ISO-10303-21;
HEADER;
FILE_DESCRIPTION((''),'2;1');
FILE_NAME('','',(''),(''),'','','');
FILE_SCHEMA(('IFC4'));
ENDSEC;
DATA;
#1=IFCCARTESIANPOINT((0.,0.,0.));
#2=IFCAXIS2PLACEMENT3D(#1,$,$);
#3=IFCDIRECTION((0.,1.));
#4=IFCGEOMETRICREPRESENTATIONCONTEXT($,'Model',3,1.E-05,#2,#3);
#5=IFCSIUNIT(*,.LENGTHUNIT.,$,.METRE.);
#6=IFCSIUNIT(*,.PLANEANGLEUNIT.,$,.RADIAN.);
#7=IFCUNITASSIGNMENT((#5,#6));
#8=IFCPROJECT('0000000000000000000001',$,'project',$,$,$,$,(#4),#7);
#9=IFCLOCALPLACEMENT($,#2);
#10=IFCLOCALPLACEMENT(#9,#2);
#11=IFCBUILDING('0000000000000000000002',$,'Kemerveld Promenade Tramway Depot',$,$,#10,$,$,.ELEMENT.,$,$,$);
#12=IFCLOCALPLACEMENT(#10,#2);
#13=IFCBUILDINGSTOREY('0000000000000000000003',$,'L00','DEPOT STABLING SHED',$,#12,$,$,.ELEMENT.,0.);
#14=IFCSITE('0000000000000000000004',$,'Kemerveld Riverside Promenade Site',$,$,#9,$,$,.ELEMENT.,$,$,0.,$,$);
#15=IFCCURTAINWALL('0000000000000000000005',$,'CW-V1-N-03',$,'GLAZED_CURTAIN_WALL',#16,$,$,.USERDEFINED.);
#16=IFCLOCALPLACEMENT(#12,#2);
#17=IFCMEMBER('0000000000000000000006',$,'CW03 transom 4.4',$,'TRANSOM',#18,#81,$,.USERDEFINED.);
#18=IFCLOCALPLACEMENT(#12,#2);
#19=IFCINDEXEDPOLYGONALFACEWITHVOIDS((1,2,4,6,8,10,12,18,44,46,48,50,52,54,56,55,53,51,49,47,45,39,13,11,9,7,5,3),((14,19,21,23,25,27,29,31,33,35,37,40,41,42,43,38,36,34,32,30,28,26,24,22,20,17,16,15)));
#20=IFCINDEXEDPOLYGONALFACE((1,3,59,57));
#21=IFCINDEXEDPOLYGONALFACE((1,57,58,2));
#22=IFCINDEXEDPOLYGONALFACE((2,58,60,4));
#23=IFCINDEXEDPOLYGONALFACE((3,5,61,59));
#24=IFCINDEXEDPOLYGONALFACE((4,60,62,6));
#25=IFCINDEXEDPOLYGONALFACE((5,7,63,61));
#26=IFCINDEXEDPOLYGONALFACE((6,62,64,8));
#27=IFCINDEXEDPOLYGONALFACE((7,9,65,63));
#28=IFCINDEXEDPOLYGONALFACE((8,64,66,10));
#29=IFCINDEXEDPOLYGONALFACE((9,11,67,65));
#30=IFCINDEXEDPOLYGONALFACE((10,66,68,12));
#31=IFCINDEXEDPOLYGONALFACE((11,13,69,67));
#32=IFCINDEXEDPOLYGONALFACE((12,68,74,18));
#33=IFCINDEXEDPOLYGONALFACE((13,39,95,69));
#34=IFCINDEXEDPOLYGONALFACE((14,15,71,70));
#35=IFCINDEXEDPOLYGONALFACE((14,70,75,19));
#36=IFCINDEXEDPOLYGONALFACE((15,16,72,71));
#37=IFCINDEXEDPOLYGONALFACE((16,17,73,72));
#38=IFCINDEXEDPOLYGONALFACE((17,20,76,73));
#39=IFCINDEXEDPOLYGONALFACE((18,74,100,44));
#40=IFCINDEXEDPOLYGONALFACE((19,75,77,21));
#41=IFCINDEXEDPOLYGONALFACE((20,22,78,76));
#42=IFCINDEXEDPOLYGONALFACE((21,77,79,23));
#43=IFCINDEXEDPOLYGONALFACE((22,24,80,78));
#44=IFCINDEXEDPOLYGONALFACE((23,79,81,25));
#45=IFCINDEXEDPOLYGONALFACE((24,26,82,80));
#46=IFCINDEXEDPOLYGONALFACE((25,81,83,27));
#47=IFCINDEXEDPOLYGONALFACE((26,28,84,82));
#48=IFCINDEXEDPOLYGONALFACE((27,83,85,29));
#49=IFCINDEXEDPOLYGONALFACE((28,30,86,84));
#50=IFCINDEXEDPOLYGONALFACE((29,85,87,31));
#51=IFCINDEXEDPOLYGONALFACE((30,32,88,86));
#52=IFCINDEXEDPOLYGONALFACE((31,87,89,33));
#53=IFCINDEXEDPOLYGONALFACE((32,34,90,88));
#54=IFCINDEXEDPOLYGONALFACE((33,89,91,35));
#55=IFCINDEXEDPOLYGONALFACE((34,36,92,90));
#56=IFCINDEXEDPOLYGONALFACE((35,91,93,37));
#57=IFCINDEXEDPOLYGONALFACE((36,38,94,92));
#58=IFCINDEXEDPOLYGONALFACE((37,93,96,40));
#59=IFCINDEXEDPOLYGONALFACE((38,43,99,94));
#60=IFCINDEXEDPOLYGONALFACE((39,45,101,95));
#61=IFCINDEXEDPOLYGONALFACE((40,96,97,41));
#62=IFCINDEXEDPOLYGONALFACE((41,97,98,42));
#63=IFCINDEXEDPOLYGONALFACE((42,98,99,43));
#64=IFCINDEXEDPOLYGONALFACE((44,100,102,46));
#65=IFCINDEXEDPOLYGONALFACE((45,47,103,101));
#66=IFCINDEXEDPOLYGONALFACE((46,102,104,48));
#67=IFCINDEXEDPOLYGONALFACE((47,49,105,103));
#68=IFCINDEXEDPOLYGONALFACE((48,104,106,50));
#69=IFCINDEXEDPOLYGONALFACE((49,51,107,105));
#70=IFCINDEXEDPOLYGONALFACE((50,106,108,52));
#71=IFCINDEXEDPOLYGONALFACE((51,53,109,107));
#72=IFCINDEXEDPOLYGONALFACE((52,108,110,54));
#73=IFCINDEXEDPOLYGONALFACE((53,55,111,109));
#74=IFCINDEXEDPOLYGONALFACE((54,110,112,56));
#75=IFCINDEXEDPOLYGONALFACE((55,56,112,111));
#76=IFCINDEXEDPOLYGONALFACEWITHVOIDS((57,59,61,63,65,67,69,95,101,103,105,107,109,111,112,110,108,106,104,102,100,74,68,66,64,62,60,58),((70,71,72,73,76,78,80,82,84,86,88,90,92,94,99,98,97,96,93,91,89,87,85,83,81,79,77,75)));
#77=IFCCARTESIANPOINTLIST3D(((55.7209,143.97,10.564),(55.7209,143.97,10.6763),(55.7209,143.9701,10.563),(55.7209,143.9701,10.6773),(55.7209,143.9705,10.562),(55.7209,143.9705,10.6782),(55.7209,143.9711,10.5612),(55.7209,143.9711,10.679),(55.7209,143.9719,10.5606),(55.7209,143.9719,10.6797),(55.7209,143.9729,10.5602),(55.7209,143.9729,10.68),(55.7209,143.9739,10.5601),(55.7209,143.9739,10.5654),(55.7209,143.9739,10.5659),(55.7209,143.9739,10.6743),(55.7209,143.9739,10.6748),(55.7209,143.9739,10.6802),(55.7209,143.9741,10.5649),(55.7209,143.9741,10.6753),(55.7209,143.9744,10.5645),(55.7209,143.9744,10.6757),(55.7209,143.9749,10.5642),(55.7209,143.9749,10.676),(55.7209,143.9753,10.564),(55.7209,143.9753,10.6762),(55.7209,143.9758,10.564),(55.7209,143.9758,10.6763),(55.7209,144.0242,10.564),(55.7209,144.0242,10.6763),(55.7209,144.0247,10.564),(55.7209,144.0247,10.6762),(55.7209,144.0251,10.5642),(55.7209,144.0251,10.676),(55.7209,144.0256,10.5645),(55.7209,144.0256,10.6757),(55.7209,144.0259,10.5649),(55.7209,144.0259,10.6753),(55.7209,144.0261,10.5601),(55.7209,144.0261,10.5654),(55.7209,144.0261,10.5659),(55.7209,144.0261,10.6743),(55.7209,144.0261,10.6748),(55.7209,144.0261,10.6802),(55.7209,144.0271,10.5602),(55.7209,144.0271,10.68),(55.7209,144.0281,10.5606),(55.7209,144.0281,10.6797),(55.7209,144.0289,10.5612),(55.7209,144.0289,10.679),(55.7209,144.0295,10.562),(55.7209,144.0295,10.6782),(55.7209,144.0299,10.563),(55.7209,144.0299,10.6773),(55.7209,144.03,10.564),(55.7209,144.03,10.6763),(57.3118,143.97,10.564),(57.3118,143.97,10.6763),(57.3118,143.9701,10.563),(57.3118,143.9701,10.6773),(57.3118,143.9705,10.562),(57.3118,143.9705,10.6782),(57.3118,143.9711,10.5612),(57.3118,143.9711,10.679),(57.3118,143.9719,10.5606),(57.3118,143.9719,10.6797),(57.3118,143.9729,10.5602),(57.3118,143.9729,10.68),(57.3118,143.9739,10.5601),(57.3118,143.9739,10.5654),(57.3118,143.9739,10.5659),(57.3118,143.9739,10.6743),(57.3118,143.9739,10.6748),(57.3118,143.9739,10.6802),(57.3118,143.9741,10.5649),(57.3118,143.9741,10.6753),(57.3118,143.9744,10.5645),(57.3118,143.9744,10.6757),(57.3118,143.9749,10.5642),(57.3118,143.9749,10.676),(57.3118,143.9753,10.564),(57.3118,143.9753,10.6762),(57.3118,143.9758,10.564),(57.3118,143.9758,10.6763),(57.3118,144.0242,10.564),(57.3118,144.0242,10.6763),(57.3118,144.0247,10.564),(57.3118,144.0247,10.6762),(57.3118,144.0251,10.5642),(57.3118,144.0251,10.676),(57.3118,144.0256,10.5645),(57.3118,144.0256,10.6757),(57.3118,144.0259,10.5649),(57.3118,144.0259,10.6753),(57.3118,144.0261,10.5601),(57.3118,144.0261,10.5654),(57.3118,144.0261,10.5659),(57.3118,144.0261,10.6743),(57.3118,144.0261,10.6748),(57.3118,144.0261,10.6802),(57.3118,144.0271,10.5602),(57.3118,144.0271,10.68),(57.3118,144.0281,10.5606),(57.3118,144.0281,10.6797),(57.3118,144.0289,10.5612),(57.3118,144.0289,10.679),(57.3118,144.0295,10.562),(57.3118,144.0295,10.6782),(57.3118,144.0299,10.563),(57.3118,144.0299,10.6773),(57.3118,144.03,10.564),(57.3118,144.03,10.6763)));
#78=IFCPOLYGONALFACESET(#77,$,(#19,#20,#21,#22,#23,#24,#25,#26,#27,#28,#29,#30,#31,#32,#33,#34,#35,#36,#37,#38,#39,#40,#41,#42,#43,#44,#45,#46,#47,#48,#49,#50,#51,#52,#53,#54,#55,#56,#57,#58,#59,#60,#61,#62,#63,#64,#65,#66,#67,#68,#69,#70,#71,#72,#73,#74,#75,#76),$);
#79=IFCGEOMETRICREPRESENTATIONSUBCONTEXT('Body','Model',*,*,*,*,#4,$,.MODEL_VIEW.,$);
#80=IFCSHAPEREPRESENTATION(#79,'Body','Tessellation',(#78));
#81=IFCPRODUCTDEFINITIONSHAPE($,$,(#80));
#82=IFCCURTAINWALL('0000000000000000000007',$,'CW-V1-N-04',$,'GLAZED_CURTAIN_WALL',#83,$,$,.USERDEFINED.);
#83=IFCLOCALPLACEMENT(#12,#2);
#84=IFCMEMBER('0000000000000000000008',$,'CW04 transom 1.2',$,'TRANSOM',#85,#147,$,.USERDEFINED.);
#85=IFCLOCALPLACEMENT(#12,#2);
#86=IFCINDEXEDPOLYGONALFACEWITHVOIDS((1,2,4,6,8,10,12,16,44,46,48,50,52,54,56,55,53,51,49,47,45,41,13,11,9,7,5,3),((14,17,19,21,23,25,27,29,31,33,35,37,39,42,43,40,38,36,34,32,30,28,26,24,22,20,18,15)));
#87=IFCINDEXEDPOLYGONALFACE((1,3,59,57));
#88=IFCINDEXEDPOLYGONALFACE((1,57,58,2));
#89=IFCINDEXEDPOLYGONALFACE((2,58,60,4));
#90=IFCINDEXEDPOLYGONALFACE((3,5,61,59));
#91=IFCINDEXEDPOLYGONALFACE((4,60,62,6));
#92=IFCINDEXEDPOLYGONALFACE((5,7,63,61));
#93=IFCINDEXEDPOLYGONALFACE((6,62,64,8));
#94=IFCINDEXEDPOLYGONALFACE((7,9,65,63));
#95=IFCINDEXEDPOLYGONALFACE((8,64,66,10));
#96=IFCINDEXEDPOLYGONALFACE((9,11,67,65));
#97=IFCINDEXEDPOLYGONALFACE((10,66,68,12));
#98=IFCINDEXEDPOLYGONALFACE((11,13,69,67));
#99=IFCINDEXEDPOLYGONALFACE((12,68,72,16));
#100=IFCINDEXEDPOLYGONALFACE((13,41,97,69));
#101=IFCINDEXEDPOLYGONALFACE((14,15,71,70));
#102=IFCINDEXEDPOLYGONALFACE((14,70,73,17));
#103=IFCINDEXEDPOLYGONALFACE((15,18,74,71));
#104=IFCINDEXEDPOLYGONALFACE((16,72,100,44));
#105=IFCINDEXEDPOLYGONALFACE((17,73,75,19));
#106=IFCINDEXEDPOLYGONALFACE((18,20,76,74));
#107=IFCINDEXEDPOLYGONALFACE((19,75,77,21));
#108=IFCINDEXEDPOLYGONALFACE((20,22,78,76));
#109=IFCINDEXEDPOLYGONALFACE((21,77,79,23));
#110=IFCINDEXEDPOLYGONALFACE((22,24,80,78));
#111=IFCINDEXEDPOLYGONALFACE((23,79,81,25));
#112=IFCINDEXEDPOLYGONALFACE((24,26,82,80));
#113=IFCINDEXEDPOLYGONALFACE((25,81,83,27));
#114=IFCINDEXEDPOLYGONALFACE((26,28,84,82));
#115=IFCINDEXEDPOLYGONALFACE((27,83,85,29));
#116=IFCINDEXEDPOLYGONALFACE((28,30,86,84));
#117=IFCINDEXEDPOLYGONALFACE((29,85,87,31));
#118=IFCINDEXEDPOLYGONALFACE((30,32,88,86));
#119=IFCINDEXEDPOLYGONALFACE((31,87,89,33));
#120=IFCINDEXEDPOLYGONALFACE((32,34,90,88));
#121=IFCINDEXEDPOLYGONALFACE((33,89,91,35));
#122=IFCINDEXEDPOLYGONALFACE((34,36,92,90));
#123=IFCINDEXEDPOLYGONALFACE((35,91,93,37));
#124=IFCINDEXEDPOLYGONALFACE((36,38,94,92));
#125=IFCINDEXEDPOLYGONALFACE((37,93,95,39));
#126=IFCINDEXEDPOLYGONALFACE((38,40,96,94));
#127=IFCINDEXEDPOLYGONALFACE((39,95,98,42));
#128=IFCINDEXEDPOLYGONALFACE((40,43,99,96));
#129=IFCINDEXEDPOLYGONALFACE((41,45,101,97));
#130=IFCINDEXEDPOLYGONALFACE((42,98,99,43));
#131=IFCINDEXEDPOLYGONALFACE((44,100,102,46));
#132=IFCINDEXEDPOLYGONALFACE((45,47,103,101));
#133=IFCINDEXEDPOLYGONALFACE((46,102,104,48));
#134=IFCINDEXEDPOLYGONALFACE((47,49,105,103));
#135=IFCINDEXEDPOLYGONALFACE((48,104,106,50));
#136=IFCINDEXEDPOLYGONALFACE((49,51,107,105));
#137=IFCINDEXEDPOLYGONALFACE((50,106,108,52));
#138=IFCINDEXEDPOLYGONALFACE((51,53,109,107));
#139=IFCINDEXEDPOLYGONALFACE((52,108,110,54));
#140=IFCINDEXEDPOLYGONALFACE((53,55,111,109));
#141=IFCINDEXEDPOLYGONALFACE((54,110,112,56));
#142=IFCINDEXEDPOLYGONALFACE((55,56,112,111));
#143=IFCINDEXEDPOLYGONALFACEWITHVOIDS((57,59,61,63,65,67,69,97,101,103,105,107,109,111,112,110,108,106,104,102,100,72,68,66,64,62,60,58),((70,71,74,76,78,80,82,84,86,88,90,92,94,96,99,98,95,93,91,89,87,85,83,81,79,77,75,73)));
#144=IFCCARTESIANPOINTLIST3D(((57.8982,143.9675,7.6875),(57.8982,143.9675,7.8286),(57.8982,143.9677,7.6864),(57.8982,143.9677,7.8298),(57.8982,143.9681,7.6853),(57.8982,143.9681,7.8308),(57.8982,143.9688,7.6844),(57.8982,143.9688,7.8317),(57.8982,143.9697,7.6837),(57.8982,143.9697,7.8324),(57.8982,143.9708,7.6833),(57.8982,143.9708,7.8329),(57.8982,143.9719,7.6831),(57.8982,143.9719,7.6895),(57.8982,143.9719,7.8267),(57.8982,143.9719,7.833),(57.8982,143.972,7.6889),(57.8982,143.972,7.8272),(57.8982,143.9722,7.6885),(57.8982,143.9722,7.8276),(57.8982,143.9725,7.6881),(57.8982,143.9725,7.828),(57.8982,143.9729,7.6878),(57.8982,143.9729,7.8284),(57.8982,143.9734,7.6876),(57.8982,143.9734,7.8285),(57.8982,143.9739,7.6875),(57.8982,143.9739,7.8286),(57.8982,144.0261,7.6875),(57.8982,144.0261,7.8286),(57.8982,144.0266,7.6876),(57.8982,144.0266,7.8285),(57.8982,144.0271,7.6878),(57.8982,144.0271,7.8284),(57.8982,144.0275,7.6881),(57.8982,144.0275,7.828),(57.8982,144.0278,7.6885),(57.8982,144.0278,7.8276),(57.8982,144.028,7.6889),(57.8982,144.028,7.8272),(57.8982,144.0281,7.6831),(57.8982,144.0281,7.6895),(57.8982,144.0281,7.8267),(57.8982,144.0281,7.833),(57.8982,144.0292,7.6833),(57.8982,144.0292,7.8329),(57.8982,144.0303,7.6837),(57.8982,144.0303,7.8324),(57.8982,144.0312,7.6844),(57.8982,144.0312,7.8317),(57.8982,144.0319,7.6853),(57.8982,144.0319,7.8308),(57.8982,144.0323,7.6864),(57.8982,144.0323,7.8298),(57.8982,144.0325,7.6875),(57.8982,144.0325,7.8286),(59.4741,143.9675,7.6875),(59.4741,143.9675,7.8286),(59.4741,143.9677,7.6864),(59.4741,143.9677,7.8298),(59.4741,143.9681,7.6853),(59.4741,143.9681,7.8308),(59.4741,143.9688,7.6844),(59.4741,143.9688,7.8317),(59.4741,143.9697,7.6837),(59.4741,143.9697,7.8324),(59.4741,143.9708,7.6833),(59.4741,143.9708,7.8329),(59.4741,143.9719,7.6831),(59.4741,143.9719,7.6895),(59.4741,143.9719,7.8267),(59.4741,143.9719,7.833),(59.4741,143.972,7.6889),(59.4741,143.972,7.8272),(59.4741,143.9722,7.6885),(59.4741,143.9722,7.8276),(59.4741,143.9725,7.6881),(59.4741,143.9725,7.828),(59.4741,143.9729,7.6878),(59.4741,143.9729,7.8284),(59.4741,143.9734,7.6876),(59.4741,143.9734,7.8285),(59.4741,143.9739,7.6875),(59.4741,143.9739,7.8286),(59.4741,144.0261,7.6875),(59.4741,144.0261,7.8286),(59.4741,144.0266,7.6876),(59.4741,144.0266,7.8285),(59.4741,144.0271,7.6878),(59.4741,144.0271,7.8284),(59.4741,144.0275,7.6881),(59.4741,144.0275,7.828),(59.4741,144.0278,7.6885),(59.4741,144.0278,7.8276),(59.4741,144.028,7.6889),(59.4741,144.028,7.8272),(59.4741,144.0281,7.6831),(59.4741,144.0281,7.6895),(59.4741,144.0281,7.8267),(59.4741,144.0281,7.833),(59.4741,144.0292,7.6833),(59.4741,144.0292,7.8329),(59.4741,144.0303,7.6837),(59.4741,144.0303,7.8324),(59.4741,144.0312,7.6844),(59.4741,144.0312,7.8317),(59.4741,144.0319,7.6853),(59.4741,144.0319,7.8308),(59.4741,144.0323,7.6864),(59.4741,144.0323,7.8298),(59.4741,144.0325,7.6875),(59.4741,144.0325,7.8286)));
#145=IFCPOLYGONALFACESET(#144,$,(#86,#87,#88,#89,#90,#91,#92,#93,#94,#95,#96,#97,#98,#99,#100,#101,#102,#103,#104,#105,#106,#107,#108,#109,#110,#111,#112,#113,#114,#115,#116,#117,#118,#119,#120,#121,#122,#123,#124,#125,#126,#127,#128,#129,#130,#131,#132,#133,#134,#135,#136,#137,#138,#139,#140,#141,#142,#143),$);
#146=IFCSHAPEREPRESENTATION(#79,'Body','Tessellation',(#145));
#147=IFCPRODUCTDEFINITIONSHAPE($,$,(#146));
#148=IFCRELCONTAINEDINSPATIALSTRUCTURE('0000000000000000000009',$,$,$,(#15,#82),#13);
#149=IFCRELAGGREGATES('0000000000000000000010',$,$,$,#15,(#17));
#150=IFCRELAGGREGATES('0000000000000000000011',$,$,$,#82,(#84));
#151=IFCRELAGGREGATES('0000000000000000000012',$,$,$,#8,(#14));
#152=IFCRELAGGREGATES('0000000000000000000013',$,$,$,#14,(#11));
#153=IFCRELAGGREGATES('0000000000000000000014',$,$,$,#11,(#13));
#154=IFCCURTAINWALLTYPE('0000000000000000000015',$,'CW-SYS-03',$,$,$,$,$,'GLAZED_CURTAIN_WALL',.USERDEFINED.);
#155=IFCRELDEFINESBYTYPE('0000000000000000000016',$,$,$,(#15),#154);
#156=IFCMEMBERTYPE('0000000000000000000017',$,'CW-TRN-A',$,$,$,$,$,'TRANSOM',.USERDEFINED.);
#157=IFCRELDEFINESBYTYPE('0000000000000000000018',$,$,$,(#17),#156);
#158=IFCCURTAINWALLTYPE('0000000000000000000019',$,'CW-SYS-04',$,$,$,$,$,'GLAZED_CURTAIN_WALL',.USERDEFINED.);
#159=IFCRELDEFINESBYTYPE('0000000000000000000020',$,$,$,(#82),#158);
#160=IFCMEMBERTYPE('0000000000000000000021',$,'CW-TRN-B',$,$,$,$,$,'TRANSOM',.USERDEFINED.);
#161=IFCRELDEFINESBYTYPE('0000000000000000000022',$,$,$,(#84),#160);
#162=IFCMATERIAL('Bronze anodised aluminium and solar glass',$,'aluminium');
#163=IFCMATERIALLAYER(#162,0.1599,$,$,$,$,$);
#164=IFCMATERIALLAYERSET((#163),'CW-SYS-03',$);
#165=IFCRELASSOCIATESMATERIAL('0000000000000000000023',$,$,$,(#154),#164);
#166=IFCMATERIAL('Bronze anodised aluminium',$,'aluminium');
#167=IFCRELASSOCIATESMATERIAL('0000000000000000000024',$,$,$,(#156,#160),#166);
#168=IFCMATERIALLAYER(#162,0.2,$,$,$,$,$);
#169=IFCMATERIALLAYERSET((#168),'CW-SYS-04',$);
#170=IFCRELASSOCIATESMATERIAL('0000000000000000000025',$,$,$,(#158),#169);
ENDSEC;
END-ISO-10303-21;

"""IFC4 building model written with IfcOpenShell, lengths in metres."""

from ifc_helpers import new_model, si_unit, direction, frame, origin, origin_2d, place, context, subcontext, project, spatial, hollow_rectangle, extrude, material, layer, layer_set, material_profile, profile_set, type_object, element, aggregate, save


model = new_model("IFC4")

# Units and contexts
model_context = context("Model", 3, precision=1e-05, world=origin(), true_north=direction((0.0, 1.0)))
body_context = subcontext(model_context, "Body", "Model", "MODEL_VIEW")
ifc_project = project(units=[si_unit("LENGTHUNIT", "METRE"), si_unit("PLANEANGLEUNIT", "RADIAN")], contexts=[model_context])

# Site, building, storey
site_placement = place(None, origin())
site = spatial("IfcSite", under=ifc_project, at=site_placement, Name="Kemerveld Riverside Promenade Site", CompositionType="ELEMENT", RefElevation=0.0)
building_placement = place(site_placement, origin())
building = spatial("IfcBuilding", under=site, at=building_placement, Name="Kemerveld Promenade Tramway Depot", CompositionType="ELEMENT")
storey_placement = place(building_placement, origin())
storey = spatial("IfcBuildingStorey", under=building, at=storey_placement, Name="L00", Description="DEPOT STABLING SHED", CompositionType="ELEMENT", Elevation=0.0)

# Curtain walls, members
ifc_material_1 = material(Name="Bronze anodised aluminium and solar glass", Category="aluminium")
ifc_layer_1 = layer(ifc_material_1, 0.1599)
ifc_layer_set_1 = layer_set([ifc_layer_1], Name="CW-SYS-03")
curtain_wall_type_1 = type_object("IfcCurtainWallType", Name="CW-SYS-03", ElementType="GLAZED_CURTAIN_WALL", PredefinedType="USERDEFINED", material=ifc_layer_set_1)
curtain_wall_1_placement = place(storey_placement, origin())
curtain_wall_1 = element("IfcCurtainWall", 1, at=curtain_wall_1_placement, inside=storey, type_object=curtain_wall_type_1, Name="CW-V1-N-03", ObjectType="GLAZED_CURTAIN_WALL", PredefinedType="USERDEFINED")
ifc_material_2 = material(Name="Bronze anodised aluminium", Category="aluminium")
ifc_material_profile_1 = material_profile(ifc_material_2, hollow_rectangle(XDim=0.0601, YDim=0.1201, WallThickness=0.0039, InnerFilletRadius=0.002, OuterFilletRadius=0.0039, at=origin_2d()), Name="CW-TRN-120x60")
ifc_profile_set_1 = profile_set([ifc_material_profile_1], Name="Bronze anodised aluminium")
member_type_1 = type_object("IfcMemberType", Name="CW-TRN-A", ElementType="TRANSOM", PredefinedType="USERDEFINED", material=ifc_profile_set_1)
member_1_placement = place(storey_placement, frame((55.7209, 144.0, 10.6201), z_axis=(1.0, 0.0, 0.0), x_axis=(0.0, 1.0, 0.0)))
member_1 = element("IfcMember", 2, at=member_1_placement, type_object=member_type_1, Name="CW03 transom 4.4", ObjectType="TRANSOM", PredefinedType="USERDEFINED", context=body_context, shape_type="SweptSolid", body=[
    extrude(hollow_rectangle(XDim=0.0601, YDim=0.1201, WallThickness=0.0039, InnerFilletRadius=0.002, OuterFilletRadius=0.0039, at=origin_2d()), origin(), (0.0, 0.0, 1.0), 1.5908),
])
ifc_layer_2 = layer(ifc_material_1, 0.2)
ifc_layer_set_2 = layer_set([ifc_layer_2], Name="CW-SYS-04")
curtain_wall_type_2 = type_object("IfcCurtainWallType", Name="CW-SYS-04", ElementType="GLAZED_CURTAIN_WALL", PredefinedType="USERDEFINED", material=ifc_layer_set_2)
curtain_wall_2_placement = place(storey_placement, origin())
curtain_wall_2 = element("IfcCurtainWall", 3, at=curtain_wall_2_placement, inside=storey, type_object=curtain_wall_type_2, Name="CW-V1-N-04", ObjectType="GLAZED_CURTAIN_WALL", PredefinedType="USERDEFINED")
ifc_material_profile_2 = material_profile(ifc_material_2, hollow_rectangle(XDim=0.0649, YDim=0.1499, WallThickness=0.0044, InnerFilletRadius=0.002, OuterFilletRadius=0.0044, at=origin_2d()), Name="CW-TRN-150x65")
ifc_profile_set_2 = profile_set([ifc_material_profile_2], Name="Bronze anodised aluminium")
member_type_2 = type_object("IfcMemberType", Name="CW-TRN-B", ElementType="TRANSOM", PredefinedType="USERDEFINED", material=ifc_profile_set_2)
member_2_placement = place(storey_placement, frame((57.8982, 144.0, 7.7581), z_axis=(1.0, 0.0, 0.0), x_axis=(0.0, 1.0, 0.0)))
member_2 = element("IfcMember", 4, at=member_2_placement, type_object=member_type_2, Name="CW04 transom 1.2", ObjectType="TRANSOM", PredefinedType="USERDEFINED", context=body_context, shape_type="SweptSolid", body=[
    extrude(hollow_rectangle(XDim=0.0649, YDim=0.1499, WallThickness=0.0044, InnerFilletRadius=0.002, OuterFilletRadius=0.0044, at=origin_2d()), origin(), (0.0, 0.0, 1.0), 1.5759),
])

aggregate(curtain_wall_1, [member_1])
aggregate(curtain_wall_2, [member_2])

save(model, "model.ifc")
